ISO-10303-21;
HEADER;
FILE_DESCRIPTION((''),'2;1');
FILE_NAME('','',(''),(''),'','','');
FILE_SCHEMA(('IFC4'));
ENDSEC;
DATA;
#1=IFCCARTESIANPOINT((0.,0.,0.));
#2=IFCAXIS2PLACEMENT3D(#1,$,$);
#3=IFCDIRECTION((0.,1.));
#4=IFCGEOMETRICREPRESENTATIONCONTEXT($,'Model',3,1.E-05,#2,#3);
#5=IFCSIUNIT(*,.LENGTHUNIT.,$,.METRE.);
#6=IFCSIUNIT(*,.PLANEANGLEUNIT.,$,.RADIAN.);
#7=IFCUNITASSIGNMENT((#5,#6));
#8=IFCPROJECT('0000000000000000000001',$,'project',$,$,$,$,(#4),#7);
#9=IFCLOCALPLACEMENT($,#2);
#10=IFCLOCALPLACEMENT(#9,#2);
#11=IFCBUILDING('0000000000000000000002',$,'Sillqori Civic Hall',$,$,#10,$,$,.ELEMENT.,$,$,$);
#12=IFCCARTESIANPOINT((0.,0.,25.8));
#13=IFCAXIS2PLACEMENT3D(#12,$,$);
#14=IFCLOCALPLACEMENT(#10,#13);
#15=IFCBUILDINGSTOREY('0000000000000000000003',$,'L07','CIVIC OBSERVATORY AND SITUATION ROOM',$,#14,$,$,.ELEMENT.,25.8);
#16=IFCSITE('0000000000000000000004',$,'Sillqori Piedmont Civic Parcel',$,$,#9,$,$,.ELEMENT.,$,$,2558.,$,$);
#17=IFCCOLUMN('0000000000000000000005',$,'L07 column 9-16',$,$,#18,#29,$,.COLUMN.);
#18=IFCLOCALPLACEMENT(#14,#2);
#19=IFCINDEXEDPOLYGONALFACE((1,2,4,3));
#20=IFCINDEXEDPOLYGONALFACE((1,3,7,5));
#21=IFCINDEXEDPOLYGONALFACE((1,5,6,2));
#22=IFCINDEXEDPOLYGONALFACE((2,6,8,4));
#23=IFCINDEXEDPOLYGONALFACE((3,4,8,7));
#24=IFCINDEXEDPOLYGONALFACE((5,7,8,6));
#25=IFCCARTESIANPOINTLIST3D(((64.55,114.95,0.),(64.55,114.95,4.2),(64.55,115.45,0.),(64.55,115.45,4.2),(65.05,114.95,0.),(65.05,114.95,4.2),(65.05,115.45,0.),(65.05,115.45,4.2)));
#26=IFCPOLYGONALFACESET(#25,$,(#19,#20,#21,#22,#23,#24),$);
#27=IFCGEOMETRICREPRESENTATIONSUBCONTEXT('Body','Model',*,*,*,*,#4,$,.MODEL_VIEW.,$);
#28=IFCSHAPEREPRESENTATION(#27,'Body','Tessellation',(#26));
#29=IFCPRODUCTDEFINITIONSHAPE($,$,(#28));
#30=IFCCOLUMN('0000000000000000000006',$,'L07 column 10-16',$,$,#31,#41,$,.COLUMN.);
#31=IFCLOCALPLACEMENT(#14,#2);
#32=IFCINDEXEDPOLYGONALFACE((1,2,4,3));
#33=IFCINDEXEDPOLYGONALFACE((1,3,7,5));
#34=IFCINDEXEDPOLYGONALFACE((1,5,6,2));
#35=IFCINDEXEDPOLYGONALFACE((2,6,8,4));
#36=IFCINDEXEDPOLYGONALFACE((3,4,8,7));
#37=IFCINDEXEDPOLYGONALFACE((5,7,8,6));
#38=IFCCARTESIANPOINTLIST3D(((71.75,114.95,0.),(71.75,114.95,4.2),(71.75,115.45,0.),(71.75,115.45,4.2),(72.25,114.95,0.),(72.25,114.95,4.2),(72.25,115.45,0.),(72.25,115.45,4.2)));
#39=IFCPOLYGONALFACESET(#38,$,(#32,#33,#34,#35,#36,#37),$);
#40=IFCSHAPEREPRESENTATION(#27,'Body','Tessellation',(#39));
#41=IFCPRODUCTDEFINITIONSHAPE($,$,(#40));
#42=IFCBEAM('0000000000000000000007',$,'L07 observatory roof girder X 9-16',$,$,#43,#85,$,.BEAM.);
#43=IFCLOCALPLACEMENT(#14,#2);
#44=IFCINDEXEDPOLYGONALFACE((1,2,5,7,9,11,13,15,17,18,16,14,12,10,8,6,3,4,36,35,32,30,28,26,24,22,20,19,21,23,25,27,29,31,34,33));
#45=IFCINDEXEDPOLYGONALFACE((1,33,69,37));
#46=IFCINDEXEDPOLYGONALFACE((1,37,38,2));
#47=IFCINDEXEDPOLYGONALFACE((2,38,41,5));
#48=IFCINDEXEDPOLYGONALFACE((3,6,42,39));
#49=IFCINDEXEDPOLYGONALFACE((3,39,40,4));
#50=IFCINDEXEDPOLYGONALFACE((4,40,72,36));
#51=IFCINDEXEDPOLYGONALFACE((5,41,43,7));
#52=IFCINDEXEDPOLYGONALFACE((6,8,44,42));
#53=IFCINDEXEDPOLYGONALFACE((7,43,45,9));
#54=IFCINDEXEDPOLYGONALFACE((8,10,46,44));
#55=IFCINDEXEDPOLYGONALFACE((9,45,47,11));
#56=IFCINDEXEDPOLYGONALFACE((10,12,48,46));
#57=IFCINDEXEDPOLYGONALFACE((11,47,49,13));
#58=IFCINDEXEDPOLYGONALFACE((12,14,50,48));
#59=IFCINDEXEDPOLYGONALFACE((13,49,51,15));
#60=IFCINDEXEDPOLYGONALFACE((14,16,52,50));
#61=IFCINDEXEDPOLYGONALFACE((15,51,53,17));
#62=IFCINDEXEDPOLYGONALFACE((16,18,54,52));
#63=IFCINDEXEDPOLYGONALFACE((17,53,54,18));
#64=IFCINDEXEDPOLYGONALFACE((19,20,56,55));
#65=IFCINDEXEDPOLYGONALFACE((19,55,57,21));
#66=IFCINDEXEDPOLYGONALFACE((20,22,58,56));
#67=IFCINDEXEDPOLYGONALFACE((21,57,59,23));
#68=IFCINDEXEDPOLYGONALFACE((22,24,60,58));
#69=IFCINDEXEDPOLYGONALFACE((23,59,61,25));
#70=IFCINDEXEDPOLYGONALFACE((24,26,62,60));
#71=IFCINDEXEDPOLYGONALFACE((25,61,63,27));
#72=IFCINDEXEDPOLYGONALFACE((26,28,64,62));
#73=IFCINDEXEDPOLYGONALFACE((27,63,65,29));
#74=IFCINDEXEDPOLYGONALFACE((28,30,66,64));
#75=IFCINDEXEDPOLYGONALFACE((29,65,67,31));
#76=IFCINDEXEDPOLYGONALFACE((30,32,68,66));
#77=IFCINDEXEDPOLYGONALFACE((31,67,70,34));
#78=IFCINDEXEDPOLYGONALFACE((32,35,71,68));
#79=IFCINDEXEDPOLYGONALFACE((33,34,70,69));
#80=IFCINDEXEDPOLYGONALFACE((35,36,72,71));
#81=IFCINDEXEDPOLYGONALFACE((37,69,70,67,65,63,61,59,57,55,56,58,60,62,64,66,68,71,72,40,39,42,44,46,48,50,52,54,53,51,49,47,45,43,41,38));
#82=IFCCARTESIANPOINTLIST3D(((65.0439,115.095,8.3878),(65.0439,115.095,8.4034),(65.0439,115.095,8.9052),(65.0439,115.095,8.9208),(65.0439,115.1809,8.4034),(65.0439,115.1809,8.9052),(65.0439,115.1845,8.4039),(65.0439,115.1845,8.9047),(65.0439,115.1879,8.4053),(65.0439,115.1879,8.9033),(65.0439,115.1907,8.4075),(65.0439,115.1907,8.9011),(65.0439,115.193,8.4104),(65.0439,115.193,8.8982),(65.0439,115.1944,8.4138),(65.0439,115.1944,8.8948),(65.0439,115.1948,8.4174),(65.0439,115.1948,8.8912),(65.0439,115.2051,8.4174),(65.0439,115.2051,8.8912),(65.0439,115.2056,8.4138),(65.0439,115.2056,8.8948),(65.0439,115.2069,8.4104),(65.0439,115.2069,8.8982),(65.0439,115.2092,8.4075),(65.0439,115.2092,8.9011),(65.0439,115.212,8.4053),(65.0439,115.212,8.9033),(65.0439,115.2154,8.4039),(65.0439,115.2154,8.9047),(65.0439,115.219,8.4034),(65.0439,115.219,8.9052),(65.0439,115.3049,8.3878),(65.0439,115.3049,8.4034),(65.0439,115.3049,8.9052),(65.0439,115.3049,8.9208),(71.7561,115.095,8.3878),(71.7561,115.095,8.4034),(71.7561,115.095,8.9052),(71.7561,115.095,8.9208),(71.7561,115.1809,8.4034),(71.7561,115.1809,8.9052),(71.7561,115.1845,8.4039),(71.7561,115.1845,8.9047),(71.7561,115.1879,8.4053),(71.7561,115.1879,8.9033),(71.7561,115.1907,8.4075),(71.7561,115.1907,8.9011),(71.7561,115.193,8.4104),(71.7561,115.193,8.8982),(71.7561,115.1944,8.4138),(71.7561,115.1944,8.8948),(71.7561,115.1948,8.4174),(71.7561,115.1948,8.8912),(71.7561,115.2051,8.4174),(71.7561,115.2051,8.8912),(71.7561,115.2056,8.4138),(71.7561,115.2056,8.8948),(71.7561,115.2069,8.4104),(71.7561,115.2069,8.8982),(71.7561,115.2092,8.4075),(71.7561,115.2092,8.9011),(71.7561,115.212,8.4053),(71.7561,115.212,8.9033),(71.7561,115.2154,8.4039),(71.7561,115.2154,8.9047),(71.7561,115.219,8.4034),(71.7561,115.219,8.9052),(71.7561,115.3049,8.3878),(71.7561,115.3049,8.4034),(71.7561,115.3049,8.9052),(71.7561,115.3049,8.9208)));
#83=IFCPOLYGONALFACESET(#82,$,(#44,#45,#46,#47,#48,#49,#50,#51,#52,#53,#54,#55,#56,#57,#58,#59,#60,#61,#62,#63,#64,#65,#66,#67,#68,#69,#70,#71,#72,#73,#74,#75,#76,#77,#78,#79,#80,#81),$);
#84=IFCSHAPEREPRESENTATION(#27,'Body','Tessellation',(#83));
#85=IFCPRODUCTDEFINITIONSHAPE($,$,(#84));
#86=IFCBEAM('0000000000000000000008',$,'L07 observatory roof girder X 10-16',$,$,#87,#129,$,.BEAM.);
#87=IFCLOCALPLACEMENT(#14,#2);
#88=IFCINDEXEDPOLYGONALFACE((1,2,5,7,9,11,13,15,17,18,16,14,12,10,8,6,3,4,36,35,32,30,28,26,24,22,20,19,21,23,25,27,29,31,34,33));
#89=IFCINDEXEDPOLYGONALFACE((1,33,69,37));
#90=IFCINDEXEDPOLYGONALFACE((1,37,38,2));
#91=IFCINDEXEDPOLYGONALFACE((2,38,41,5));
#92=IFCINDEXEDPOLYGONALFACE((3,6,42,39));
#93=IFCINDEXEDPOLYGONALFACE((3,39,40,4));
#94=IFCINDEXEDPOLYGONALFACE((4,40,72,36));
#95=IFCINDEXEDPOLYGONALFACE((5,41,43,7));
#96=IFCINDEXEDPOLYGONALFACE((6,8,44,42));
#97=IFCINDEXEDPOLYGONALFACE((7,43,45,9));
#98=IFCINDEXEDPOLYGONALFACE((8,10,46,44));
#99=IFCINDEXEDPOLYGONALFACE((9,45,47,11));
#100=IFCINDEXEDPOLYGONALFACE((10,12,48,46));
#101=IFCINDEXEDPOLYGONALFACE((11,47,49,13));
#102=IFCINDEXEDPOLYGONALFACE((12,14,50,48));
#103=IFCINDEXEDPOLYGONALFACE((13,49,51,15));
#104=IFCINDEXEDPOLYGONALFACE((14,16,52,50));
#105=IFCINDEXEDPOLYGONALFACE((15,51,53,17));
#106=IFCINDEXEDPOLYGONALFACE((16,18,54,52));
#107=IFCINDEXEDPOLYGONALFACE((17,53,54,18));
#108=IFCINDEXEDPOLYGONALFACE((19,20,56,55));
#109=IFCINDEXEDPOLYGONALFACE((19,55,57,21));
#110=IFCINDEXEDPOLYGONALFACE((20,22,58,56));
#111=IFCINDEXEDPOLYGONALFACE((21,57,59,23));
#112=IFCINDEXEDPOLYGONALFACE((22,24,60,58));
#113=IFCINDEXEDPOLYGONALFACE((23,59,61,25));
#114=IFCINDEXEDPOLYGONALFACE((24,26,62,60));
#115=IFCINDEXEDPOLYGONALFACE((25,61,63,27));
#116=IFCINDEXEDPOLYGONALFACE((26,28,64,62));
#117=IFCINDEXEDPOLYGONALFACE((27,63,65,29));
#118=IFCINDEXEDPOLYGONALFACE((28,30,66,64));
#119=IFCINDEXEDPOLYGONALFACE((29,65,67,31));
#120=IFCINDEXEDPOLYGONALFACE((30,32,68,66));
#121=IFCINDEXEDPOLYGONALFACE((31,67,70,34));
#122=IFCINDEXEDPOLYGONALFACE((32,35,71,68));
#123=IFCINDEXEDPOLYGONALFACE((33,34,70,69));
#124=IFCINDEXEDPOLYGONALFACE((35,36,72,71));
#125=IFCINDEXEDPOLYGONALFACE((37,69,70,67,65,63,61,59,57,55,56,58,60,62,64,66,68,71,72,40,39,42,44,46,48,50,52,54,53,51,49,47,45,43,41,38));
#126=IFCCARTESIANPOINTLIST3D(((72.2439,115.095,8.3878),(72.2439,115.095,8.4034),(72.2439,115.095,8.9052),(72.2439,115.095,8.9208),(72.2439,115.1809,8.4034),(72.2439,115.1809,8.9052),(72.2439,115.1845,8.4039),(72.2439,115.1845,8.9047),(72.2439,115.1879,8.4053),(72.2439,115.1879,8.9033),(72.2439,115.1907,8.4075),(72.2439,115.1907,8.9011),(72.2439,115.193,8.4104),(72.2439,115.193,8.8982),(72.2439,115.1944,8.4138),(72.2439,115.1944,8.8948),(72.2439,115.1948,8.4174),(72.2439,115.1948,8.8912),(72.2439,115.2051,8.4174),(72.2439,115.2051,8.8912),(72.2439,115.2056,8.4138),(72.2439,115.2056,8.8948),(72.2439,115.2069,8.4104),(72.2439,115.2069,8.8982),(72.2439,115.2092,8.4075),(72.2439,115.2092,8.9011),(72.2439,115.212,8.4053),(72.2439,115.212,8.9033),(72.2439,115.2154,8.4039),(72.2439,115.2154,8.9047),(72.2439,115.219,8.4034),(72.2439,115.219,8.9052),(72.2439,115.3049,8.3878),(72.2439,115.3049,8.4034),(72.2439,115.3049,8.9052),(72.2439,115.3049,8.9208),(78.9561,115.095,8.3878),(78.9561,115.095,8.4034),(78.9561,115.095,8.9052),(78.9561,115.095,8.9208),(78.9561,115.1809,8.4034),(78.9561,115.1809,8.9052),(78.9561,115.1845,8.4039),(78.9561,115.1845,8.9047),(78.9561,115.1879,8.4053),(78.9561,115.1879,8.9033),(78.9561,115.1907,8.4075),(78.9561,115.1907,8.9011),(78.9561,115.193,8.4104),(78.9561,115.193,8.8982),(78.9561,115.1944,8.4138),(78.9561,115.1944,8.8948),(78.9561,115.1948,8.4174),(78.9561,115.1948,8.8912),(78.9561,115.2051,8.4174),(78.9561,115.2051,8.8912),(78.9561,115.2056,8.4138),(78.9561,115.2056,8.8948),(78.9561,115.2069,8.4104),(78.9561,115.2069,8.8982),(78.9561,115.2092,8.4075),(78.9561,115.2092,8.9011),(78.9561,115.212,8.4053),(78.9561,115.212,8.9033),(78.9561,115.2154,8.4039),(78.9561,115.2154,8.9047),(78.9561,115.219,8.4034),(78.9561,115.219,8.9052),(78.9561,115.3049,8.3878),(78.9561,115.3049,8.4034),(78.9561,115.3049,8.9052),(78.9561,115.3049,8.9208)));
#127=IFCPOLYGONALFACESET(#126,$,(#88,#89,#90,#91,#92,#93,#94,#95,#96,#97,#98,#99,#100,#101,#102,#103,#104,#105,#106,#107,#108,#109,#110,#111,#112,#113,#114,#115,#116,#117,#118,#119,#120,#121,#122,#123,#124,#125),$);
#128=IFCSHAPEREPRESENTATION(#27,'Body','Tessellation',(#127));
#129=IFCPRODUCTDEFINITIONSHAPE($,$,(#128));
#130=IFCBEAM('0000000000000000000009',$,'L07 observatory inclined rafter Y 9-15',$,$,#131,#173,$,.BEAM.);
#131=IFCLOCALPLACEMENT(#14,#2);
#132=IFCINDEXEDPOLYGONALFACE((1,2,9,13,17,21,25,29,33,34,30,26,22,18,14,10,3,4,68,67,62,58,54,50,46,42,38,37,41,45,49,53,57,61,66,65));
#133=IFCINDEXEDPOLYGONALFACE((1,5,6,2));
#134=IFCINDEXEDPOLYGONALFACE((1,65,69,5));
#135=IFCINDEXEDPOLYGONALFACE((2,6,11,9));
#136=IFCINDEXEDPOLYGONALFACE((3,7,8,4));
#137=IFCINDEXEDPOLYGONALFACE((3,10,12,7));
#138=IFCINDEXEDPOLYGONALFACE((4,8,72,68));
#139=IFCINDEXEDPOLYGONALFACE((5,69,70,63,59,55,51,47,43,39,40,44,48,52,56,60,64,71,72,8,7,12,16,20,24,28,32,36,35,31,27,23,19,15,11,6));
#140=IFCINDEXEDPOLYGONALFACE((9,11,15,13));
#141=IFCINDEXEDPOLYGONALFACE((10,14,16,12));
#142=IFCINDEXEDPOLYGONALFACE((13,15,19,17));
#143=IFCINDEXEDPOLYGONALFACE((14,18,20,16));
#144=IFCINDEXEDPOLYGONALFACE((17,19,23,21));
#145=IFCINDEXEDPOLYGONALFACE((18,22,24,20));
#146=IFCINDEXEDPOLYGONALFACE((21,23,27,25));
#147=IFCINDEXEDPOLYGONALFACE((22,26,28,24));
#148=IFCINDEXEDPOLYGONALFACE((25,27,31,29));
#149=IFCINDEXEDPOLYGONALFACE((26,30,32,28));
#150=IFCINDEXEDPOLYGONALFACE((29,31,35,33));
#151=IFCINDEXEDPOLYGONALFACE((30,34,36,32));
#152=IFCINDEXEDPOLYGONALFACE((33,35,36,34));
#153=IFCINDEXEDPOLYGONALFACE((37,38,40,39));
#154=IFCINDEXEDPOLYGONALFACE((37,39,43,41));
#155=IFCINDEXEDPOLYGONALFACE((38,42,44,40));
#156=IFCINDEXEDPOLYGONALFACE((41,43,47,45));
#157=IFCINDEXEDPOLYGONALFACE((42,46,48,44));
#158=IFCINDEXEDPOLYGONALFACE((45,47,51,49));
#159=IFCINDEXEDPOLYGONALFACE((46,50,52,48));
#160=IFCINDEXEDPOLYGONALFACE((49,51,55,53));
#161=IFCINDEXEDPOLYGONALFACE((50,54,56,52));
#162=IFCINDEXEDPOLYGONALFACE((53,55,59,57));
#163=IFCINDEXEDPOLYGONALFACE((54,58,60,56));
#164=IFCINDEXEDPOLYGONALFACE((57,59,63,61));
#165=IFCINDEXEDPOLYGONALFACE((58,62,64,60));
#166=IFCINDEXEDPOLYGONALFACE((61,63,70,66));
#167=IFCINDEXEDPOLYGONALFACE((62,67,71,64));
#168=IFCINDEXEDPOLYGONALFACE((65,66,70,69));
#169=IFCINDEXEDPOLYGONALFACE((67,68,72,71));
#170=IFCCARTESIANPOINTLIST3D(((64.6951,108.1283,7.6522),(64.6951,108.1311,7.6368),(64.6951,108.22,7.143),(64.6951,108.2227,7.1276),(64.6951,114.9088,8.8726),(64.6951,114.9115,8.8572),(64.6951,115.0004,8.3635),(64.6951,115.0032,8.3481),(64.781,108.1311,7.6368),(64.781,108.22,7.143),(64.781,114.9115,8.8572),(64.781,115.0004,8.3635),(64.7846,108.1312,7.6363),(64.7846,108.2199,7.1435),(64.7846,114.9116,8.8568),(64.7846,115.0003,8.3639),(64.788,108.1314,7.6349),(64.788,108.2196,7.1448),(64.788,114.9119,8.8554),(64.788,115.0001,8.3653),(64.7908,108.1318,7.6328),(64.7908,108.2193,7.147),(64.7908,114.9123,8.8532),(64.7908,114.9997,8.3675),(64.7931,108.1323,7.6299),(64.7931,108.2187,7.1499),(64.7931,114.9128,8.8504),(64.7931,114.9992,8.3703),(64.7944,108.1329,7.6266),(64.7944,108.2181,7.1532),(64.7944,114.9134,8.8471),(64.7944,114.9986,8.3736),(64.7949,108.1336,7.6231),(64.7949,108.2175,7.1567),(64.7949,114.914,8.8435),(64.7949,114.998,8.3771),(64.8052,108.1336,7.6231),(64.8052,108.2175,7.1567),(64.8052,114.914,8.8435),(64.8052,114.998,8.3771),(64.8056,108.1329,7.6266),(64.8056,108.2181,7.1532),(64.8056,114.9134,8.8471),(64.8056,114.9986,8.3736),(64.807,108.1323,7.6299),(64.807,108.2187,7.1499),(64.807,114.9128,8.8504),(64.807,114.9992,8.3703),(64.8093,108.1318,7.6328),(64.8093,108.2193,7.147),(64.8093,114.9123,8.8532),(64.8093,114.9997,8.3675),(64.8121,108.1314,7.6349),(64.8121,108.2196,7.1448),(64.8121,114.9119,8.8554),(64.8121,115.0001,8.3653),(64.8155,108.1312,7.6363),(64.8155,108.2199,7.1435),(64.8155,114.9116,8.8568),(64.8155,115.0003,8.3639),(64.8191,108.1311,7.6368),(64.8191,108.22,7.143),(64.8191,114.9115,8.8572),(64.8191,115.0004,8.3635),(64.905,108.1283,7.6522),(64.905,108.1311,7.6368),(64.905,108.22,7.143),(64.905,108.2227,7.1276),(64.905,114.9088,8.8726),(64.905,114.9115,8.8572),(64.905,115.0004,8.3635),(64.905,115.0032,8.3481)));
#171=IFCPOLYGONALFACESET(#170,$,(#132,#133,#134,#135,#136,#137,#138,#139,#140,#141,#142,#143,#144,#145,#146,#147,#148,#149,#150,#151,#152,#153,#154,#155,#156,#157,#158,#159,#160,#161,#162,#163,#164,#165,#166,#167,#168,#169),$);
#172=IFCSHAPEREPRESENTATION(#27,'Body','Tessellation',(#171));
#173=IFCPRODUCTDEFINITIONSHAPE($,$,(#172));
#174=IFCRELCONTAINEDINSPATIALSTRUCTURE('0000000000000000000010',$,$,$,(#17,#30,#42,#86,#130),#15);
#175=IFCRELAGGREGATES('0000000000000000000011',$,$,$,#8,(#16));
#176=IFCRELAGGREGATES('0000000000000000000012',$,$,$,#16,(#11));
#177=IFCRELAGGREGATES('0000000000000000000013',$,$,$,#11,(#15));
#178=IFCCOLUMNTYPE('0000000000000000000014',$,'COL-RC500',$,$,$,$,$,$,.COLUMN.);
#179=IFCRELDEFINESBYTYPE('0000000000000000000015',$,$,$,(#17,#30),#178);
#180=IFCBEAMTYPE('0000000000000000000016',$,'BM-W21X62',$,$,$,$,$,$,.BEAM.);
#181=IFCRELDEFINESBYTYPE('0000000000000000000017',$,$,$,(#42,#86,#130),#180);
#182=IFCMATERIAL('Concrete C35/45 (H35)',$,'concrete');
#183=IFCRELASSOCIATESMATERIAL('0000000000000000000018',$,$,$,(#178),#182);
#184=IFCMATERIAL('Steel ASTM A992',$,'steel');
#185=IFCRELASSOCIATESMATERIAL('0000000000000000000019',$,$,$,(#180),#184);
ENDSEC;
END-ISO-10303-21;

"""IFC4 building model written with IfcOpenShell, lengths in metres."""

from ifc_helpers import new_model, si_unit, direction, frame, origin, origin_2d, place, context, subcontext, project, spatial, rectangle, i_section, extrude, material, material_profile, profile_set, type_object, element, save


model = new_model("IFC4")

# Units and contexts
model_context = context("Model", 3, precision=1e-05, world=origin(), true_north=direction((0.0, 1.0)))
body_context = subcontext(model_context, "Body", "Model", "MODEL_VIEW")
ifc_project = project(units=[si_unit("LENGTHUNIT", "METRE"), si_unit("PLANEANGLEUNIT", "RADIAN")], contexts=[model_context])

# Site, building, storey
site_placement = place(None, origin())
site = spatial("IfcSite", under=ifc_project, at=site_placement, Name="Sillqori Piedmont Civic Parcel", CompositionType="ELEMENT", RefElevation=2558.0)
building_placement = place(site_placement, origin())
building = spatial("IfcBuilding", under=site, at=building_placement, Name="Sillqori Civic Hall", CompositionType="ELEMENT")
storey_placement = place(building_placement, frame((0.0, 0.0, 25.8)))
storey = spatial("IfcBuildingStorey", under=building, at=storey_placement, Name="L07", Description="CIVIC OBSERVATORY AND SITUATION ROOM", CompositionType="ELEMENT", Elevation=25.8)

# Columns
ifc_material_1 = material(Name="Concrete C35/45 (H35)", Category="concrete")
ifc_material_profile_1 = material_profile(ifc_material_1, rectangle(XDim=0.5, YDim=0.5, at=origin_2d()), Name="RC 500x500")
ifc_profile_set_1 = profile_set([ifc_material_profile_1], Name="Concrete C35/45 (H35)")
column_type = type_object("IfcColumnType", Name="COL-RC500", PredefinedType="COLUMN", material=ifc_profile_set_1)
for number, where, z_axis, x_axis, name in (
    (1, (64.8, 115.2, 0.0), (0.0, 0.0, 1.0), (1.0, 0.0, 0.0), "L07 column 9-16"),
    (2, (72.0, 115.2, 0.0), (0.0, 0.0, 1.0), (1.0, 0.0, 0.0), "L07 column 10-16"),
):
    element("IfcColumn", number, at=place(storey_placement, frame(where, z_axis=z_axis, x_axis=x_axis)), inside=storey, type_object=column_type, Name=name, PredefinedType="COLUMN", context=body_context, shape_type="SweptSolid", body=[
        extrude(rectangle(XDim=0.5, YDim=0.5, at=origin_2d()), origin(), (0.0, 0.0, 1.0), 4.2),
    ])

# Beams
ifc_material_2 = material(Name="Steel ASTM A992", Category="steel")
ifc_material_profile_2 = material_profile(ifc_material_2, i_section(OverallWidth=0.21, OverallDepth=0.533, WebThickness=0.0103, FlangeThickness=0.0156, FilletRadius=0.0139, at=origin_2d()), Name="W21X62")
ifc_profile_set_2 = profile_set([ifc_material_profile_2], Name="Steel ASTM A992")
beam_type = type_object("IfcBeamType", Name="BM-W21X62", PredefinedType="BEAM", material=ifc_profile_set_2)
for number, where, z_axis, x_axis, name in (
    (3, (65.0439, 115.2, 8.6543), (1.0, 0.0, 0.0), (0.0, 1.0, 0.0), "L07 observatory roof girder X 9-16"),
    (4, (72.2439, 115.2, 8.6543), (1.0, 0.0, 0.0), (0.0, 1.0, 0.0), "L07 observatory roof girder X 10-16"),
):
    element("IfcBeam", number, at=place(storey_placement, frame(where, z_axis=z_axis, x_axis=x_axis)), inside=storey, type_object=beam_type, Name=name, PredefinedType="BEAM", context=body_context, shape_type="SweptSolid", body=[
        extrude(i_section(OverallWidth=0.21, OverallDepth=0.533, WebThickness=0.0103, FlangeThickness=0.0156, FilletRadius=0.0139, at=origin_2d()), origin(), (0.0, 0.0, 1.0), 6.7122),
    ])
beam_1_placement = place(storey_placement, frame((64.8, 108.1755, 7.3899), z_axis=(0.0, 0.984184, 0.177148), x_axis=(-1.0, 0.0, 0.0)))
element("IfcBeam", 5, at=beam_1_placement, inside=storey, type_object=beam_type, Name="L07 observatory inclined rafter Y 9-15", PredefinedType="BEAM", context=body_context, shape_type="SweptSolid", body=[
    extrude(i_section(OverallWidth=0.21, OverallDepth=0.533, WebThickness=0.0103, FlangeThickness=0.0156, FilletRadius=0.0139, at=origin_2d()), origin(), (0.0, 0.0, 1.0), 6.8894),
])

save(model, "model.ifc")
